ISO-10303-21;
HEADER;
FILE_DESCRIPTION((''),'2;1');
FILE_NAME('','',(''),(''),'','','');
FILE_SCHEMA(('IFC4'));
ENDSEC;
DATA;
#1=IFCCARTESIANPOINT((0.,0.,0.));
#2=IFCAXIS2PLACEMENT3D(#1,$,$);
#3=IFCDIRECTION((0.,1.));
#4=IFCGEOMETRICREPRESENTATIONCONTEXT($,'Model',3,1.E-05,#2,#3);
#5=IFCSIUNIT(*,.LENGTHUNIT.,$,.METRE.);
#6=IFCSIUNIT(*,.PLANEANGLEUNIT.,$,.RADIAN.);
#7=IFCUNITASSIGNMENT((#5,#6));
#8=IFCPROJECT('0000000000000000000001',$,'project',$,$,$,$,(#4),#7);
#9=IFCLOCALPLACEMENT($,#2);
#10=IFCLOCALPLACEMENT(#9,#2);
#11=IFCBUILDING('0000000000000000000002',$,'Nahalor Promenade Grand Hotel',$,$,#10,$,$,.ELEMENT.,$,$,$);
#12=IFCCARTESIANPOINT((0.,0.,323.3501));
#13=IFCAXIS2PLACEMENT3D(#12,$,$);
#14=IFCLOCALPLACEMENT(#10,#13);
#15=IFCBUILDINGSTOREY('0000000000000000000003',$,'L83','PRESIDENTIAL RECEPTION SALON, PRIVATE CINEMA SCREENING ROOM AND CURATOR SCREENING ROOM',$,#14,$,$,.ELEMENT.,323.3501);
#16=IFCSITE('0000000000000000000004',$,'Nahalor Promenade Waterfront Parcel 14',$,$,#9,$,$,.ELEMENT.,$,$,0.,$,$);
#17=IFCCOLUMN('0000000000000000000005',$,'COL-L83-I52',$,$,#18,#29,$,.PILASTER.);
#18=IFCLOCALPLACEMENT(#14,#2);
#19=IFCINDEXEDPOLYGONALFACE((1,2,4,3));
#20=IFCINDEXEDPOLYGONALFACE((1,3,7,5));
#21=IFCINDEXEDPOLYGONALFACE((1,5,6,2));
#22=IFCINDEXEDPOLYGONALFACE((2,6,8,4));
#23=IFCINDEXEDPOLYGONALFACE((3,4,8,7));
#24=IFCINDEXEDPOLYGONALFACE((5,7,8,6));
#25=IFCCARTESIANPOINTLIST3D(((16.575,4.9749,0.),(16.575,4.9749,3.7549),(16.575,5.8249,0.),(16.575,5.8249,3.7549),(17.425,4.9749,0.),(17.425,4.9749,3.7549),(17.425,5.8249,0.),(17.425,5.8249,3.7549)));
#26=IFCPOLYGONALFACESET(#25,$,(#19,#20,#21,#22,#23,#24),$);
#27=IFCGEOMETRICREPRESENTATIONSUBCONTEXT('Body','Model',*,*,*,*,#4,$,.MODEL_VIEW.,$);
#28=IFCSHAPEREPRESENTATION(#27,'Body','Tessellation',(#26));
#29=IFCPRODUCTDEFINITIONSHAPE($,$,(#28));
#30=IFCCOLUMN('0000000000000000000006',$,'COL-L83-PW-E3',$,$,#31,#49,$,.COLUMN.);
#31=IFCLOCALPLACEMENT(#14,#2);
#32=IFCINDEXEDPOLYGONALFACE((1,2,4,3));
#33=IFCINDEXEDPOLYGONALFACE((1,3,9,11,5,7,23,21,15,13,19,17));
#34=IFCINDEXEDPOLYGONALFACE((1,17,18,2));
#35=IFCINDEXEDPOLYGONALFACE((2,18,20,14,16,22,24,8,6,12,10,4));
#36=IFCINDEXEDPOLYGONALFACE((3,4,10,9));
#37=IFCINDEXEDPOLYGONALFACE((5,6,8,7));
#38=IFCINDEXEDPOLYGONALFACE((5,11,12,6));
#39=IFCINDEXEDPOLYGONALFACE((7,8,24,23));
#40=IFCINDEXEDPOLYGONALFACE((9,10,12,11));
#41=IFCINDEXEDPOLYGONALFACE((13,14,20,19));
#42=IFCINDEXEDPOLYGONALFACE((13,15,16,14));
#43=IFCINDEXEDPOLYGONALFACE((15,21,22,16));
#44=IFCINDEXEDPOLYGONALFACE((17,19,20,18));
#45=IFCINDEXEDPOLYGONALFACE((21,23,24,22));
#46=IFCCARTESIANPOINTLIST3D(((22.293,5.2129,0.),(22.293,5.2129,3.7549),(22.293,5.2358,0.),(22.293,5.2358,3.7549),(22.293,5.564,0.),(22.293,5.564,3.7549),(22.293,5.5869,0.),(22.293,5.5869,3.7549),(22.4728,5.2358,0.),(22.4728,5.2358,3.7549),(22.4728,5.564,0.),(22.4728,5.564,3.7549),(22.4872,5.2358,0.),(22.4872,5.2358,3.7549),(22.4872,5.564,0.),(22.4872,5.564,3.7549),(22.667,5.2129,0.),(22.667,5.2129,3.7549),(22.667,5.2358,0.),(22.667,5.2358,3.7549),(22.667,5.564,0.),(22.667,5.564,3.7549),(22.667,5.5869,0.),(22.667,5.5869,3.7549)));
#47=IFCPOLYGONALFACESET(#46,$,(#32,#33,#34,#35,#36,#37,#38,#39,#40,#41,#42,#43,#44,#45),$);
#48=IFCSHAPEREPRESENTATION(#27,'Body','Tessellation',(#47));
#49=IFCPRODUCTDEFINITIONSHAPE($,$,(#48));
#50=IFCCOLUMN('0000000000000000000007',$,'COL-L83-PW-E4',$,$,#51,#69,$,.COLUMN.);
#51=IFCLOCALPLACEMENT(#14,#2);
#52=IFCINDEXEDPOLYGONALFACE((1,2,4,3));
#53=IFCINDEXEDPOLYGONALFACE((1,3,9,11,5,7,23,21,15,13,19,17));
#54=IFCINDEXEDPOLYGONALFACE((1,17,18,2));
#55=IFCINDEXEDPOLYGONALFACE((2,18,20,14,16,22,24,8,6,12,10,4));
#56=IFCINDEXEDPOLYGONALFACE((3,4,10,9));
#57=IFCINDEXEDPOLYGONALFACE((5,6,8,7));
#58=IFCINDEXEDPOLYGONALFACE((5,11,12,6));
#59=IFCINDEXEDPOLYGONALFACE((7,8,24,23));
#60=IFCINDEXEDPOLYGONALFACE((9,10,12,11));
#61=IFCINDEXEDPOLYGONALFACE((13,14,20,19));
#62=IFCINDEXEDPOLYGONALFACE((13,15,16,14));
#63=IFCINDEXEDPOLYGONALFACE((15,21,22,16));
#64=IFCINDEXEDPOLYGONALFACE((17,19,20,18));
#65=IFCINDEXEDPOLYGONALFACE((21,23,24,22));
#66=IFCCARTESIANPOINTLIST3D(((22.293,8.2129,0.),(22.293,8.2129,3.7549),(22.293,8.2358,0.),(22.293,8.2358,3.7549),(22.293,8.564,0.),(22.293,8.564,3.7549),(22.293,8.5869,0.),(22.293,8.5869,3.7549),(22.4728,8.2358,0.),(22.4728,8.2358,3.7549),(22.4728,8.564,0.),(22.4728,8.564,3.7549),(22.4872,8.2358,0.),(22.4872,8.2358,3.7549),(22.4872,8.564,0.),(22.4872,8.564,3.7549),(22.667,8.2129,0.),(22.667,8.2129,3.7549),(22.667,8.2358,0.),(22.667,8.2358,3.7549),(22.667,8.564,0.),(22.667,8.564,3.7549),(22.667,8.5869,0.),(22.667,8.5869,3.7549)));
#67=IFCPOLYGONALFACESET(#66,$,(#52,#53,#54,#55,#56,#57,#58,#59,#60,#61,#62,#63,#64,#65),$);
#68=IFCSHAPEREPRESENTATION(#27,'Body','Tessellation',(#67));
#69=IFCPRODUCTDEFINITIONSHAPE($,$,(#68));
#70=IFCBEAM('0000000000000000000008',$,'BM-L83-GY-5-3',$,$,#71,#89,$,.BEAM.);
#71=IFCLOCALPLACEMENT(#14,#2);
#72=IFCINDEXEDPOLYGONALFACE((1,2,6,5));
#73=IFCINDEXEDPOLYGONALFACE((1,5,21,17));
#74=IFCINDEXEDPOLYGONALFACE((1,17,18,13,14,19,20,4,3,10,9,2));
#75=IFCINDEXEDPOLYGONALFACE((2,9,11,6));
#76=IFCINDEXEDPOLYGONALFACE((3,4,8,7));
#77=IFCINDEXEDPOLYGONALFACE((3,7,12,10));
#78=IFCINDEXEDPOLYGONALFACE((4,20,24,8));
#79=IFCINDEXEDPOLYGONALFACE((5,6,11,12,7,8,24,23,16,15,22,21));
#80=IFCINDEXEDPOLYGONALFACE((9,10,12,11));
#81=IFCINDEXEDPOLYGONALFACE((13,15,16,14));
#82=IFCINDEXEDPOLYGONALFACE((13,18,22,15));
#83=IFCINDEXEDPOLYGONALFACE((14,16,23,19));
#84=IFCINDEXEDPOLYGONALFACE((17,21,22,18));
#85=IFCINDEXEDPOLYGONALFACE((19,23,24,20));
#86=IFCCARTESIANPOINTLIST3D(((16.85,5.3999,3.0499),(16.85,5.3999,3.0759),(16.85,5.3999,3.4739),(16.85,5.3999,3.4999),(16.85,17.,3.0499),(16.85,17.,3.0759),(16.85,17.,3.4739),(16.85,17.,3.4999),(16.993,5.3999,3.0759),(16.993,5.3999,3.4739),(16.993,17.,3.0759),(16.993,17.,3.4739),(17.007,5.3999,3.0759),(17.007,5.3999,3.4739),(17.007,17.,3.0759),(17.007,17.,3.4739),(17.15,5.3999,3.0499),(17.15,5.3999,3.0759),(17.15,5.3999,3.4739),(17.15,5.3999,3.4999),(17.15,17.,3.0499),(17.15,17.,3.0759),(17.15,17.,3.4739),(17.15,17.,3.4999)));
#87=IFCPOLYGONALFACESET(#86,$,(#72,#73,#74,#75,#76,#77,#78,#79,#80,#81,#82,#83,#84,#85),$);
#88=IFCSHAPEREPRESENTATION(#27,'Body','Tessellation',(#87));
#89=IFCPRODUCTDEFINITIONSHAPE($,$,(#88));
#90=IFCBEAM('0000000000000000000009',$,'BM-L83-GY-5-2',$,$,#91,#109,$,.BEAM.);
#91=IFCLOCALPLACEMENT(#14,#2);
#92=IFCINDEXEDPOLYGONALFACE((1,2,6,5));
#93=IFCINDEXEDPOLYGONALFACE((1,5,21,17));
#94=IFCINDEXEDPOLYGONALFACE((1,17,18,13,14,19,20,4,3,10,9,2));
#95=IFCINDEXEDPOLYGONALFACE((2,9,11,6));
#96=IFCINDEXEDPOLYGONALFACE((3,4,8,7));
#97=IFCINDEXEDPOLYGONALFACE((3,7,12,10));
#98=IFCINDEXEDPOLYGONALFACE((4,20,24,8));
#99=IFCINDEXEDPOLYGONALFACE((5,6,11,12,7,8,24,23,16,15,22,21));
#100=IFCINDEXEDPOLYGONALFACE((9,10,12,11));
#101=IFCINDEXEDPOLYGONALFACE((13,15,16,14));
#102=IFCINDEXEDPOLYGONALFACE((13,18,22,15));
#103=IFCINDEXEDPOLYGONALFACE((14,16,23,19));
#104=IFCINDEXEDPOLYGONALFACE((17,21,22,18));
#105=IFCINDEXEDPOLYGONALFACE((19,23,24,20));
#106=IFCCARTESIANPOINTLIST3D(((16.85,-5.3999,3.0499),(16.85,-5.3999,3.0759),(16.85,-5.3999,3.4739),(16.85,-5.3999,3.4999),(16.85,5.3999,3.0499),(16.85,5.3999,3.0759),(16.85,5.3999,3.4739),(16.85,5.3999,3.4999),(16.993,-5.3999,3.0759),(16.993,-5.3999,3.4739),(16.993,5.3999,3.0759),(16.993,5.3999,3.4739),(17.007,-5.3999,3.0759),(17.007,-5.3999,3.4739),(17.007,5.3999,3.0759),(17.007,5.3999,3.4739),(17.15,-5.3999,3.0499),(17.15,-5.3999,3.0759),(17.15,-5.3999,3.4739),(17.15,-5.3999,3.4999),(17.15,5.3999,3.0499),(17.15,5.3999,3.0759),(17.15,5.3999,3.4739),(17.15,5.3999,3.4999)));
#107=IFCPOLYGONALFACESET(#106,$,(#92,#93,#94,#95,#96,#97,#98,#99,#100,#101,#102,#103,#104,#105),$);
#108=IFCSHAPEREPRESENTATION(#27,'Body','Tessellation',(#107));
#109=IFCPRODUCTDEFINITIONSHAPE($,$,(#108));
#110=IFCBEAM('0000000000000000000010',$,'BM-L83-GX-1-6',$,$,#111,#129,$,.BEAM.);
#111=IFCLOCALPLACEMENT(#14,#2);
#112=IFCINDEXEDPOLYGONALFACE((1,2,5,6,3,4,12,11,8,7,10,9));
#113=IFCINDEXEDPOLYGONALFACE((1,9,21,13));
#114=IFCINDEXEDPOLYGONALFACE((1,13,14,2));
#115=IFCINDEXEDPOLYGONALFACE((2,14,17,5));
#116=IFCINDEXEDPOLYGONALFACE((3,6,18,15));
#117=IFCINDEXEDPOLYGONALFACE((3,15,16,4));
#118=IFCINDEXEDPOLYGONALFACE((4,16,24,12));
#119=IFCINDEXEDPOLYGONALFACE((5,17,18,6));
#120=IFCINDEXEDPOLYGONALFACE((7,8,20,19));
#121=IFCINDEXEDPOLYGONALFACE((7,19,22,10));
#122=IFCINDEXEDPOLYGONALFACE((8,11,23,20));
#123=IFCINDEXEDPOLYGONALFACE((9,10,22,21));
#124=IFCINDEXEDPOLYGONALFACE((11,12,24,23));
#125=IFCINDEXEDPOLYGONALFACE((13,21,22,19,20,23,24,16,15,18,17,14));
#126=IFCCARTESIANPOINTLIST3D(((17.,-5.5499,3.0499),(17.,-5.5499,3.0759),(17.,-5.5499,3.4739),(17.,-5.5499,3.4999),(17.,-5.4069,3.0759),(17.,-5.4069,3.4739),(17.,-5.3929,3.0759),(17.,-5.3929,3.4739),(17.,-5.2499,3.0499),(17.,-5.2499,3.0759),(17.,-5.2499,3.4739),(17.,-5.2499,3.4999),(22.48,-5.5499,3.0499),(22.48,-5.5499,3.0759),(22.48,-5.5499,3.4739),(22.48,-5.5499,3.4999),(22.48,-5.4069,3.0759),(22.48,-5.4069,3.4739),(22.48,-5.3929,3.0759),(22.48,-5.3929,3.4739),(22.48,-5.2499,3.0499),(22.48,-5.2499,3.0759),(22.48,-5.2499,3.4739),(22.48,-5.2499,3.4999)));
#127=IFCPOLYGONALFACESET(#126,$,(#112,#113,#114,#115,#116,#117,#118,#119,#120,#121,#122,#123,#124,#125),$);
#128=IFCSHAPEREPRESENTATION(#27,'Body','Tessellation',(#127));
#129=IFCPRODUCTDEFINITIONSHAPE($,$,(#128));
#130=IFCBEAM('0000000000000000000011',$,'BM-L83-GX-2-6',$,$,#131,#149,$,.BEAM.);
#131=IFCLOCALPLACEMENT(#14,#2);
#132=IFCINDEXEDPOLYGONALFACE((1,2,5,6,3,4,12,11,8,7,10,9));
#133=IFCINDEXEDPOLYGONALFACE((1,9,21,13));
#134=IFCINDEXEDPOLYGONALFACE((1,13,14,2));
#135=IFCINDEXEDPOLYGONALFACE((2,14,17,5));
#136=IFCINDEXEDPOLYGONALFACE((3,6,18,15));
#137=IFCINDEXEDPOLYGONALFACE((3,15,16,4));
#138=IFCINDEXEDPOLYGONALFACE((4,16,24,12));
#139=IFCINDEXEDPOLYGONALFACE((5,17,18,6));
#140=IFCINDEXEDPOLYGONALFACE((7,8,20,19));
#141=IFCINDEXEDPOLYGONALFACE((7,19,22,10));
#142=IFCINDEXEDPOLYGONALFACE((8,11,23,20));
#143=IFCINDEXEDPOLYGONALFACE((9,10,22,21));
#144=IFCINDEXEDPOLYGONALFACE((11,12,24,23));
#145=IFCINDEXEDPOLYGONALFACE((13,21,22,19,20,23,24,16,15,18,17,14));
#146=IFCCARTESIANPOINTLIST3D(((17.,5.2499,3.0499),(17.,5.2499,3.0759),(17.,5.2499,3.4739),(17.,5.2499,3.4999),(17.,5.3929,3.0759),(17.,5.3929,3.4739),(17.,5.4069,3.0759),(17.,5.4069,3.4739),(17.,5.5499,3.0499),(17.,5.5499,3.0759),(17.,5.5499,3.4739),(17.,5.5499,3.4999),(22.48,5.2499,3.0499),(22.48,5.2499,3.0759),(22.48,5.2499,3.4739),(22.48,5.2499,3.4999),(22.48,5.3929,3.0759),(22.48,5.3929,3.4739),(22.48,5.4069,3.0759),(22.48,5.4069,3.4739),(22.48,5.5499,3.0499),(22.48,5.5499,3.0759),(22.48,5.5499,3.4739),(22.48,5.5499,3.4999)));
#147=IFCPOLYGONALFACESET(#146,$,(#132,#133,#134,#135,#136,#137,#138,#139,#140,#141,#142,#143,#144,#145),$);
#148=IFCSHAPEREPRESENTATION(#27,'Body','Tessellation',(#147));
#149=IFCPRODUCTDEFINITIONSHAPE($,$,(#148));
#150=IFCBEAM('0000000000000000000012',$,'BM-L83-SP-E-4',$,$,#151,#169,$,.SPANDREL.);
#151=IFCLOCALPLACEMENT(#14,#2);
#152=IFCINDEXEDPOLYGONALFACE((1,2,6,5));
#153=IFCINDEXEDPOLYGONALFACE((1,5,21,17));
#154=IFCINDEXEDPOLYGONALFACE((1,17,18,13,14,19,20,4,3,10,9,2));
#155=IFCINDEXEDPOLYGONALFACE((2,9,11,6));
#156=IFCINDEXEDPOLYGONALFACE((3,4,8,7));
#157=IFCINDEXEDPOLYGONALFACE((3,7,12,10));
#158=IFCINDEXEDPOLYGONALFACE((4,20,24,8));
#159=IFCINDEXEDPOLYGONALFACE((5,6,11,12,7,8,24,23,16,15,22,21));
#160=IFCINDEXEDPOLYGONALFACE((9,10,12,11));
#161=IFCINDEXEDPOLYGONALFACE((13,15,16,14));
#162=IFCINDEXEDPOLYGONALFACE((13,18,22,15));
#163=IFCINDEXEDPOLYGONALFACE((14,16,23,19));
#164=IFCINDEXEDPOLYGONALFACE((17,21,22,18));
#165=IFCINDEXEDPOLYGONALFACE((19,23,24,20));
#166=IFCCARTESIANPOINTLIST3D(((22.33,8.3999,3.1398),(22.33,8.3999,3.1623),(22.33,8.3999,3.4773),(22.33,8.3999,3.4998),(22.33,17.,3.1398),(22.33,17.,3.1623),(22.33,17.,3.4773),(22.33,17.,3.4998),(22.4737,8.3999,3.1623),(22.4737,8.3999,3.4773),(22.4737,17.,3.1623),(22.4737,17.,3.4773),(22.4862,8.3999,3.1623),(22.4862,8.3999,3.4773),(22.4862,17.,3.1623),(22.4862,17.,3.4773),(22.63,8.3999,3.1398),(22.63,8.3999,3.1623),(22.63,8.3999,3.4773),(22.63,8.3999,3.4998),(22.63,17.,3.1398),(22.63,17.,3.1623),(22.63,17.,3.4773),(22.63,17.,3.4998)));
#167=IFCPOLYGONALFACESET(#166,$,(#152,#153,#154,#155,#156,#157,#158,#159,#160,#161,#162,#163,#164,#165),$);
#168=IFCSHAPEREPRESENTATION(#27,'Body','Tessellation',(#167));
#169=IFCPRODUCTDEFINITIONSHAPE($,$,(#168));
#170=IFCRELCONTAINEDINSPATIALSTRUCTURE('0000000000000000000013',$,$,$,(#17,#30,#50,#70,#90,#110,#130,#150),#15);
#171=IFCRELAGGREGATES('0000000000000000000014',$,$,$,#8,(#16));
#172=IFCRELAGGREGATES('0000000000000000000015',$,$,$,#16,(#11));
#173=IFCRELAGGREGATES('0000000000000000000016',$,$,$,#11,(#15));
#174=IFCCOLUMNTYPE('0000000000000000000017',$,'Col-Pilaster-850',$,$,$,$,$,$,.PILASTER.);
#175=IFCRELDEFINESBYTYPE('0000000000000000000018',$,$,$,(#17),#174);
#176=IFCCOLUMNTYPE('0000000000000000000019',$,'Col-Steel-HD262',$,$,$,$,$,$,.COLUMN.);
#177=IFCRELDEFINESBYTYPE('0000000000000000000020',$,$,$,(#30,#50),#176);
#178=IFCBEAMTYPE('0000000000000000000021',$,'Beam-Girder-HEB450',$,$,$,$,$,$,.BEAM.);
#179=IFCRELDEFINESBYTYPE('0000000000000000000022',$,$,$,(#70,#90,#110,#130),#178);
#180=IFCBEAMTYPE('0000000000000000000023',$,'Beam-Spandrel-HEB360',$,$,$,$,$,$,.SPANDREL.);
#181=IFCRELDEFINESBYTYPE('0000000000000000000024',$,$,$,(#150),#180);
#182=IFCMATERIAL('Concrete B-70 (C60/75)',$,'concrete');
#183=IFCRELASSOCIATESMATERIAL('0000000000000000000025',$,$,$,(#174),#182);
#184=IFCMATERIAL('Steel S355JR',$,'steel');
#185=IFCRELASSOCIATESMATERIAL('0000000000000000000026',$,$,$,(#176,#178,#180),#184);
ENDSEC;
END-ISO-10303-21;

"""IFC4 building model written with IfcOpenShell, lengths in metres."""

from ifc_helpers import new_model, si_unit, direction, frame, origin, origin_2d, place, context, subcontext, project, spatial, rectangle, i_section, extrude, source, transform, mapped, material, material_profile, profile_set, type_object, element, save


model = new_model("IFC4")

# Units and contexts
model_context = context("Model", 3, precision=1e-05, world=origin(), true_north=direction((0.0, 1.0)))
body_context = subcontext(model_context, "Body", "Model", "MODEL_VIEW")
ifc_project = project(units=[si_unit("LENGTHUNIT", "METRE"), si_unit("PLANEANGLEUNIT", "RADIAN")], contexts=[model_context])

# Site, building, storey
site_placement = place(None, origin())
site = spatial("IfcSite", under=ifc_project, at=site_placement, Name="Nahalor Promenade Waterfront Parcel 14", CompositionType="ELEMENT", RefElevation=0.0)
building_placement = place(site_placement, origin())
building = spatial("IfcBuilding", under=site, at=building_placement, Name="Nahalor Promenade Grand Hotel", CompositionType="ELEMENT")
storey_placement = place(building_placement, frame((0.0, 0.0, 323.3501)))
storey = spatial("IfcBuildingStorey", under=building, at=storey_placement, Name="L83", Description="PRESIDENTIAL RECEPTION SALON, PRIVATE CINEMA SCREENING ROOM AND CURATOR SCREENING ROOM", CompositionType="ELEMENT", Elevation=323.3501)

# Columns
ifc_material_1 = material(Name="Concrete B-70 (C60/75)", Category="concrete")
ifc_material_profile_1 = material_profile(ifc_material_1, rectangle(XDim=0.85, YDim=0.85, at=origin_2d()), Name="RC 850x850")
ifc_profile_set_1 = profile_set([ifc_material_profile_1], Name="Concrete B-70 (C60/75)")
column_type_1 = type_object("IfcColumnType", Name="Col-Pilaster-850", PredefinedType="PILASTER", material=ifc_profile_set_1)
shared_shape_1 = source(origin(), body_context, "Body", "SweptSolid", [
    extrude(rectangle(XDim=0.85, YDim=0.85, at=origin_2d()), origin(), (0.0, 0.0, 1.0), 3.7549),
])
column_placement = place(storey_placement, frame((17.0, 5.3999, 0.0), z_axis=(0.0, 0.0, 1.0), x_axis=(1.0, 0.0, 0.0)))
element("IfcColumn", 1, at=column_placement, inside=storey, type_object=column_type_1, Name="COL-L83-I52", PredefinedType="PILASTER", context=body_context, shape_type="MappedRepresentation", body=[
    mapped(shared_shape_1, transform((0.0, 0.0, 0.0), scale=1.0)),
])
ifc_material_2 = material(Name="Steel S355JR", Category="steel")
ifc_material_profile_2 = material_profile(ifc_material_2, i_section(OverallWidth=0.374, OverallDepth=0.374, WebThickness=0.0144, FlangeThickness=0.0229, at=origin_2d()), Name="HD 360x262")
ifc_profile_set_2 = profile_set([ifc_material_profile_2], Name="Steel S355JR")
column_type_2 = type_object("IfcColumnType", Name="Col-Steel-HD262", PredefinedType="COLUMN", material=ifc_profile_set_2)
shared_shape_2 = source(origin(), body_context, "Body", "SweptSolid", [
    extrude(i_section(OverallWidth=0.374, OverallDepth=0.374, WebThickness=0.0144, FlangeThickness=0.0229, at=origin_2d()), origin(), (0.0, 0.0, 1.0), 3.7549),
])
for number, where, z_axis, x_axis, name in (
    (2, (22.48, 5.3999, 0.0), (0.0, 0.0, 1.0), (1.0, 0.0, 0.0), "COL-L83-PW-E3"),
    (3, (22.48, 8.3999, 0.0), (0.0, 0.0, 1.0), (1.0, 0.0, 0.0), "COL-L83-PW-E4"),
):
    element("IfcColumn", number, at=place(storey_placement, frame(where, z_axis=z_axis, x_axis=x_axis)), inside=storey, type_object=column_type_2, Name=name, PredefinedType="COLUMN", context=body_context, shape_type="MappedRepresentation", body=[
        mapped(shared_shape_2, transform((0.0, 0.0, 0.0), scale=1.0)),
    ])

# Beams
ifc_material_profile_3 = material_profile(ifc_material_2, i_section(OverallWidth=0.3, OverallDepth=0.45, WebThickness=0.014, FlangeThickness=0.026, at=origin_2d()), Name="HEB 450")
ifc_profile_set_3 = profile_set([ifc_material_profile_3], Name="Steel S355JR")
beam_type_1 = type_object("IfcBeamType", Name="Beam-Girder-HEB450", PredefinedType="BEAM", material=ifc_profile_set_3)
shared_shape_3 = source(origin(), body_context, "Body", "SweptSolid", [
    extrude(i_section(OverallWidth=0.3, OverallDepth=0.45, WebThickness=0.014, FlangeThickness=0.026, at=origin_2d()), origin(), (0.0, 0.0, 1.0), 11.6001),
])
beam_1_placement = place(storey_placement, frame((17.0, 5.3999, 3.2749), z_axis=(0.0, 1.0, 0.0), x_axis=(-1.0, 0.0, 0.0)))
element("IfcBeam", 4, at=beam_1_placement, inside=storey, type_object=beam_type_1, Name="BM-L83-GY-5-3", PredefinedType="BEAM", context=body_context, shape_type="MappedRepresentation", body=[
    mapped(shared_shape_3, transform((0.0, 0.0, 0.0), scale=1.0)),
])
shared_shape_4 = source(origin(), body_context, "Body", "SweptSolid", [
    extrude(i_section(OverallWidth=0.3, OverallDepth=0.45, WebThickness=0.014, FlangeThickness=0.026, at=origin_2d()), origin(), (0.0, 0.0, 1.0), 10.7998),
])
beam_2_placement = place(storey_placement, frame((17.0, -5.3999, 3.2749), z_axis=(0.0, 1.0, 0.0), x_axis=(-1.0, 0.0, 0.0)))
element("IfcBeam", 5, at=beam_2_placement, inside=storey, type_object=beam_type_1, Name="BM-L83-GY-5-2", PredefinedType="BEAM", context=body_context, shape_type="MappedRepresentation", body=[
    mapped(shared_shape_4, transform((0.0, 0.0, 0.0), scale=1.0)),
])
shared_shape_5 = source(origin(), body_context, "Body", "SweptSolid", [
    extrude(i_section(OverallWidth=0.3, OverallDepth=0.45, WebThickness=0.014, FlangeThickness=0.026, at=origin_2d()), origin(), (0.0, 0.0, 1.0), 5.48),
])
for number, where, z_axis, x_axis, name in (
    (6, (17.0, -5.3999, 3.2749), (1.0, 0.0, 0.0), (0.0, 1.0, 0.0), "BM-L83-GX-1-6"),
    (7, (17.0, 5.3999, 3.2749), (1.0, 0.0, 0.0), (0.0, 1.0, 0.0), "BM-L83-GX-2-6"),
):
    element("IfcBeam", number, at=place(storey_placement, frame(where, z_axis=z_axis, x_axis=x_axis)), inside=storey, type_object=beam_type_1, Name=name, PredefinedType="BEAM", context=body_context, shape_type="MappedRepresentation", body=[
        mapped(shared_shape_5, transform((0.0, 0.0, 0.0), scale=1.0)),
    ])
ifc_material_profile_4 = material_profile(ifc_material_2, i_section(OverallWidth=0.3, OverallDepth=0.36, WebThickness=0.0125, FlangeThickness=0.0225, at=origin_2d()), Name="HEB 360")
ifc_profile_set_4 = profile_set([ifc_material_profile_4], Name="Steel S355JR")
beam_type_2 = type_object("IfcBeamType", Name="Beam-Spandrel-HEB360", PredefinedType="SPANDREL", material=ifc_profile_set_4)
shared_shape_6 = source(origin(), body_context, "Body", "SweptSolid", [
    extrude(i_section(OverallWidth=0.3, OverallDepth=0.36, WebThickness=0.0125, FlangeThickness=0.0225, at=origin_2d()), origin(), (0.0, 0.0, 1.0), 8.6001),
])
beam_3_placement = place(storey_placement, frame((22.48, 8.3999, 3.3198), z_axis=(0.0, 1.0, 0.0), x_axis=(-1.0, 0.0, 0.0)))
element("IfcBeam", 8, at=beam_3_placement, inside=storey, type_object=beam_type_2, Name="BM-L83-SP-E-4", PredefinedType="SPANDREL", context=body_context, shape_type="MappedRepresentation", body=[
    mapped(shared_shape_6, transform((0.0, 0.0, 0.0), scale=1.0)),
])

save(model, "model.ifc")
